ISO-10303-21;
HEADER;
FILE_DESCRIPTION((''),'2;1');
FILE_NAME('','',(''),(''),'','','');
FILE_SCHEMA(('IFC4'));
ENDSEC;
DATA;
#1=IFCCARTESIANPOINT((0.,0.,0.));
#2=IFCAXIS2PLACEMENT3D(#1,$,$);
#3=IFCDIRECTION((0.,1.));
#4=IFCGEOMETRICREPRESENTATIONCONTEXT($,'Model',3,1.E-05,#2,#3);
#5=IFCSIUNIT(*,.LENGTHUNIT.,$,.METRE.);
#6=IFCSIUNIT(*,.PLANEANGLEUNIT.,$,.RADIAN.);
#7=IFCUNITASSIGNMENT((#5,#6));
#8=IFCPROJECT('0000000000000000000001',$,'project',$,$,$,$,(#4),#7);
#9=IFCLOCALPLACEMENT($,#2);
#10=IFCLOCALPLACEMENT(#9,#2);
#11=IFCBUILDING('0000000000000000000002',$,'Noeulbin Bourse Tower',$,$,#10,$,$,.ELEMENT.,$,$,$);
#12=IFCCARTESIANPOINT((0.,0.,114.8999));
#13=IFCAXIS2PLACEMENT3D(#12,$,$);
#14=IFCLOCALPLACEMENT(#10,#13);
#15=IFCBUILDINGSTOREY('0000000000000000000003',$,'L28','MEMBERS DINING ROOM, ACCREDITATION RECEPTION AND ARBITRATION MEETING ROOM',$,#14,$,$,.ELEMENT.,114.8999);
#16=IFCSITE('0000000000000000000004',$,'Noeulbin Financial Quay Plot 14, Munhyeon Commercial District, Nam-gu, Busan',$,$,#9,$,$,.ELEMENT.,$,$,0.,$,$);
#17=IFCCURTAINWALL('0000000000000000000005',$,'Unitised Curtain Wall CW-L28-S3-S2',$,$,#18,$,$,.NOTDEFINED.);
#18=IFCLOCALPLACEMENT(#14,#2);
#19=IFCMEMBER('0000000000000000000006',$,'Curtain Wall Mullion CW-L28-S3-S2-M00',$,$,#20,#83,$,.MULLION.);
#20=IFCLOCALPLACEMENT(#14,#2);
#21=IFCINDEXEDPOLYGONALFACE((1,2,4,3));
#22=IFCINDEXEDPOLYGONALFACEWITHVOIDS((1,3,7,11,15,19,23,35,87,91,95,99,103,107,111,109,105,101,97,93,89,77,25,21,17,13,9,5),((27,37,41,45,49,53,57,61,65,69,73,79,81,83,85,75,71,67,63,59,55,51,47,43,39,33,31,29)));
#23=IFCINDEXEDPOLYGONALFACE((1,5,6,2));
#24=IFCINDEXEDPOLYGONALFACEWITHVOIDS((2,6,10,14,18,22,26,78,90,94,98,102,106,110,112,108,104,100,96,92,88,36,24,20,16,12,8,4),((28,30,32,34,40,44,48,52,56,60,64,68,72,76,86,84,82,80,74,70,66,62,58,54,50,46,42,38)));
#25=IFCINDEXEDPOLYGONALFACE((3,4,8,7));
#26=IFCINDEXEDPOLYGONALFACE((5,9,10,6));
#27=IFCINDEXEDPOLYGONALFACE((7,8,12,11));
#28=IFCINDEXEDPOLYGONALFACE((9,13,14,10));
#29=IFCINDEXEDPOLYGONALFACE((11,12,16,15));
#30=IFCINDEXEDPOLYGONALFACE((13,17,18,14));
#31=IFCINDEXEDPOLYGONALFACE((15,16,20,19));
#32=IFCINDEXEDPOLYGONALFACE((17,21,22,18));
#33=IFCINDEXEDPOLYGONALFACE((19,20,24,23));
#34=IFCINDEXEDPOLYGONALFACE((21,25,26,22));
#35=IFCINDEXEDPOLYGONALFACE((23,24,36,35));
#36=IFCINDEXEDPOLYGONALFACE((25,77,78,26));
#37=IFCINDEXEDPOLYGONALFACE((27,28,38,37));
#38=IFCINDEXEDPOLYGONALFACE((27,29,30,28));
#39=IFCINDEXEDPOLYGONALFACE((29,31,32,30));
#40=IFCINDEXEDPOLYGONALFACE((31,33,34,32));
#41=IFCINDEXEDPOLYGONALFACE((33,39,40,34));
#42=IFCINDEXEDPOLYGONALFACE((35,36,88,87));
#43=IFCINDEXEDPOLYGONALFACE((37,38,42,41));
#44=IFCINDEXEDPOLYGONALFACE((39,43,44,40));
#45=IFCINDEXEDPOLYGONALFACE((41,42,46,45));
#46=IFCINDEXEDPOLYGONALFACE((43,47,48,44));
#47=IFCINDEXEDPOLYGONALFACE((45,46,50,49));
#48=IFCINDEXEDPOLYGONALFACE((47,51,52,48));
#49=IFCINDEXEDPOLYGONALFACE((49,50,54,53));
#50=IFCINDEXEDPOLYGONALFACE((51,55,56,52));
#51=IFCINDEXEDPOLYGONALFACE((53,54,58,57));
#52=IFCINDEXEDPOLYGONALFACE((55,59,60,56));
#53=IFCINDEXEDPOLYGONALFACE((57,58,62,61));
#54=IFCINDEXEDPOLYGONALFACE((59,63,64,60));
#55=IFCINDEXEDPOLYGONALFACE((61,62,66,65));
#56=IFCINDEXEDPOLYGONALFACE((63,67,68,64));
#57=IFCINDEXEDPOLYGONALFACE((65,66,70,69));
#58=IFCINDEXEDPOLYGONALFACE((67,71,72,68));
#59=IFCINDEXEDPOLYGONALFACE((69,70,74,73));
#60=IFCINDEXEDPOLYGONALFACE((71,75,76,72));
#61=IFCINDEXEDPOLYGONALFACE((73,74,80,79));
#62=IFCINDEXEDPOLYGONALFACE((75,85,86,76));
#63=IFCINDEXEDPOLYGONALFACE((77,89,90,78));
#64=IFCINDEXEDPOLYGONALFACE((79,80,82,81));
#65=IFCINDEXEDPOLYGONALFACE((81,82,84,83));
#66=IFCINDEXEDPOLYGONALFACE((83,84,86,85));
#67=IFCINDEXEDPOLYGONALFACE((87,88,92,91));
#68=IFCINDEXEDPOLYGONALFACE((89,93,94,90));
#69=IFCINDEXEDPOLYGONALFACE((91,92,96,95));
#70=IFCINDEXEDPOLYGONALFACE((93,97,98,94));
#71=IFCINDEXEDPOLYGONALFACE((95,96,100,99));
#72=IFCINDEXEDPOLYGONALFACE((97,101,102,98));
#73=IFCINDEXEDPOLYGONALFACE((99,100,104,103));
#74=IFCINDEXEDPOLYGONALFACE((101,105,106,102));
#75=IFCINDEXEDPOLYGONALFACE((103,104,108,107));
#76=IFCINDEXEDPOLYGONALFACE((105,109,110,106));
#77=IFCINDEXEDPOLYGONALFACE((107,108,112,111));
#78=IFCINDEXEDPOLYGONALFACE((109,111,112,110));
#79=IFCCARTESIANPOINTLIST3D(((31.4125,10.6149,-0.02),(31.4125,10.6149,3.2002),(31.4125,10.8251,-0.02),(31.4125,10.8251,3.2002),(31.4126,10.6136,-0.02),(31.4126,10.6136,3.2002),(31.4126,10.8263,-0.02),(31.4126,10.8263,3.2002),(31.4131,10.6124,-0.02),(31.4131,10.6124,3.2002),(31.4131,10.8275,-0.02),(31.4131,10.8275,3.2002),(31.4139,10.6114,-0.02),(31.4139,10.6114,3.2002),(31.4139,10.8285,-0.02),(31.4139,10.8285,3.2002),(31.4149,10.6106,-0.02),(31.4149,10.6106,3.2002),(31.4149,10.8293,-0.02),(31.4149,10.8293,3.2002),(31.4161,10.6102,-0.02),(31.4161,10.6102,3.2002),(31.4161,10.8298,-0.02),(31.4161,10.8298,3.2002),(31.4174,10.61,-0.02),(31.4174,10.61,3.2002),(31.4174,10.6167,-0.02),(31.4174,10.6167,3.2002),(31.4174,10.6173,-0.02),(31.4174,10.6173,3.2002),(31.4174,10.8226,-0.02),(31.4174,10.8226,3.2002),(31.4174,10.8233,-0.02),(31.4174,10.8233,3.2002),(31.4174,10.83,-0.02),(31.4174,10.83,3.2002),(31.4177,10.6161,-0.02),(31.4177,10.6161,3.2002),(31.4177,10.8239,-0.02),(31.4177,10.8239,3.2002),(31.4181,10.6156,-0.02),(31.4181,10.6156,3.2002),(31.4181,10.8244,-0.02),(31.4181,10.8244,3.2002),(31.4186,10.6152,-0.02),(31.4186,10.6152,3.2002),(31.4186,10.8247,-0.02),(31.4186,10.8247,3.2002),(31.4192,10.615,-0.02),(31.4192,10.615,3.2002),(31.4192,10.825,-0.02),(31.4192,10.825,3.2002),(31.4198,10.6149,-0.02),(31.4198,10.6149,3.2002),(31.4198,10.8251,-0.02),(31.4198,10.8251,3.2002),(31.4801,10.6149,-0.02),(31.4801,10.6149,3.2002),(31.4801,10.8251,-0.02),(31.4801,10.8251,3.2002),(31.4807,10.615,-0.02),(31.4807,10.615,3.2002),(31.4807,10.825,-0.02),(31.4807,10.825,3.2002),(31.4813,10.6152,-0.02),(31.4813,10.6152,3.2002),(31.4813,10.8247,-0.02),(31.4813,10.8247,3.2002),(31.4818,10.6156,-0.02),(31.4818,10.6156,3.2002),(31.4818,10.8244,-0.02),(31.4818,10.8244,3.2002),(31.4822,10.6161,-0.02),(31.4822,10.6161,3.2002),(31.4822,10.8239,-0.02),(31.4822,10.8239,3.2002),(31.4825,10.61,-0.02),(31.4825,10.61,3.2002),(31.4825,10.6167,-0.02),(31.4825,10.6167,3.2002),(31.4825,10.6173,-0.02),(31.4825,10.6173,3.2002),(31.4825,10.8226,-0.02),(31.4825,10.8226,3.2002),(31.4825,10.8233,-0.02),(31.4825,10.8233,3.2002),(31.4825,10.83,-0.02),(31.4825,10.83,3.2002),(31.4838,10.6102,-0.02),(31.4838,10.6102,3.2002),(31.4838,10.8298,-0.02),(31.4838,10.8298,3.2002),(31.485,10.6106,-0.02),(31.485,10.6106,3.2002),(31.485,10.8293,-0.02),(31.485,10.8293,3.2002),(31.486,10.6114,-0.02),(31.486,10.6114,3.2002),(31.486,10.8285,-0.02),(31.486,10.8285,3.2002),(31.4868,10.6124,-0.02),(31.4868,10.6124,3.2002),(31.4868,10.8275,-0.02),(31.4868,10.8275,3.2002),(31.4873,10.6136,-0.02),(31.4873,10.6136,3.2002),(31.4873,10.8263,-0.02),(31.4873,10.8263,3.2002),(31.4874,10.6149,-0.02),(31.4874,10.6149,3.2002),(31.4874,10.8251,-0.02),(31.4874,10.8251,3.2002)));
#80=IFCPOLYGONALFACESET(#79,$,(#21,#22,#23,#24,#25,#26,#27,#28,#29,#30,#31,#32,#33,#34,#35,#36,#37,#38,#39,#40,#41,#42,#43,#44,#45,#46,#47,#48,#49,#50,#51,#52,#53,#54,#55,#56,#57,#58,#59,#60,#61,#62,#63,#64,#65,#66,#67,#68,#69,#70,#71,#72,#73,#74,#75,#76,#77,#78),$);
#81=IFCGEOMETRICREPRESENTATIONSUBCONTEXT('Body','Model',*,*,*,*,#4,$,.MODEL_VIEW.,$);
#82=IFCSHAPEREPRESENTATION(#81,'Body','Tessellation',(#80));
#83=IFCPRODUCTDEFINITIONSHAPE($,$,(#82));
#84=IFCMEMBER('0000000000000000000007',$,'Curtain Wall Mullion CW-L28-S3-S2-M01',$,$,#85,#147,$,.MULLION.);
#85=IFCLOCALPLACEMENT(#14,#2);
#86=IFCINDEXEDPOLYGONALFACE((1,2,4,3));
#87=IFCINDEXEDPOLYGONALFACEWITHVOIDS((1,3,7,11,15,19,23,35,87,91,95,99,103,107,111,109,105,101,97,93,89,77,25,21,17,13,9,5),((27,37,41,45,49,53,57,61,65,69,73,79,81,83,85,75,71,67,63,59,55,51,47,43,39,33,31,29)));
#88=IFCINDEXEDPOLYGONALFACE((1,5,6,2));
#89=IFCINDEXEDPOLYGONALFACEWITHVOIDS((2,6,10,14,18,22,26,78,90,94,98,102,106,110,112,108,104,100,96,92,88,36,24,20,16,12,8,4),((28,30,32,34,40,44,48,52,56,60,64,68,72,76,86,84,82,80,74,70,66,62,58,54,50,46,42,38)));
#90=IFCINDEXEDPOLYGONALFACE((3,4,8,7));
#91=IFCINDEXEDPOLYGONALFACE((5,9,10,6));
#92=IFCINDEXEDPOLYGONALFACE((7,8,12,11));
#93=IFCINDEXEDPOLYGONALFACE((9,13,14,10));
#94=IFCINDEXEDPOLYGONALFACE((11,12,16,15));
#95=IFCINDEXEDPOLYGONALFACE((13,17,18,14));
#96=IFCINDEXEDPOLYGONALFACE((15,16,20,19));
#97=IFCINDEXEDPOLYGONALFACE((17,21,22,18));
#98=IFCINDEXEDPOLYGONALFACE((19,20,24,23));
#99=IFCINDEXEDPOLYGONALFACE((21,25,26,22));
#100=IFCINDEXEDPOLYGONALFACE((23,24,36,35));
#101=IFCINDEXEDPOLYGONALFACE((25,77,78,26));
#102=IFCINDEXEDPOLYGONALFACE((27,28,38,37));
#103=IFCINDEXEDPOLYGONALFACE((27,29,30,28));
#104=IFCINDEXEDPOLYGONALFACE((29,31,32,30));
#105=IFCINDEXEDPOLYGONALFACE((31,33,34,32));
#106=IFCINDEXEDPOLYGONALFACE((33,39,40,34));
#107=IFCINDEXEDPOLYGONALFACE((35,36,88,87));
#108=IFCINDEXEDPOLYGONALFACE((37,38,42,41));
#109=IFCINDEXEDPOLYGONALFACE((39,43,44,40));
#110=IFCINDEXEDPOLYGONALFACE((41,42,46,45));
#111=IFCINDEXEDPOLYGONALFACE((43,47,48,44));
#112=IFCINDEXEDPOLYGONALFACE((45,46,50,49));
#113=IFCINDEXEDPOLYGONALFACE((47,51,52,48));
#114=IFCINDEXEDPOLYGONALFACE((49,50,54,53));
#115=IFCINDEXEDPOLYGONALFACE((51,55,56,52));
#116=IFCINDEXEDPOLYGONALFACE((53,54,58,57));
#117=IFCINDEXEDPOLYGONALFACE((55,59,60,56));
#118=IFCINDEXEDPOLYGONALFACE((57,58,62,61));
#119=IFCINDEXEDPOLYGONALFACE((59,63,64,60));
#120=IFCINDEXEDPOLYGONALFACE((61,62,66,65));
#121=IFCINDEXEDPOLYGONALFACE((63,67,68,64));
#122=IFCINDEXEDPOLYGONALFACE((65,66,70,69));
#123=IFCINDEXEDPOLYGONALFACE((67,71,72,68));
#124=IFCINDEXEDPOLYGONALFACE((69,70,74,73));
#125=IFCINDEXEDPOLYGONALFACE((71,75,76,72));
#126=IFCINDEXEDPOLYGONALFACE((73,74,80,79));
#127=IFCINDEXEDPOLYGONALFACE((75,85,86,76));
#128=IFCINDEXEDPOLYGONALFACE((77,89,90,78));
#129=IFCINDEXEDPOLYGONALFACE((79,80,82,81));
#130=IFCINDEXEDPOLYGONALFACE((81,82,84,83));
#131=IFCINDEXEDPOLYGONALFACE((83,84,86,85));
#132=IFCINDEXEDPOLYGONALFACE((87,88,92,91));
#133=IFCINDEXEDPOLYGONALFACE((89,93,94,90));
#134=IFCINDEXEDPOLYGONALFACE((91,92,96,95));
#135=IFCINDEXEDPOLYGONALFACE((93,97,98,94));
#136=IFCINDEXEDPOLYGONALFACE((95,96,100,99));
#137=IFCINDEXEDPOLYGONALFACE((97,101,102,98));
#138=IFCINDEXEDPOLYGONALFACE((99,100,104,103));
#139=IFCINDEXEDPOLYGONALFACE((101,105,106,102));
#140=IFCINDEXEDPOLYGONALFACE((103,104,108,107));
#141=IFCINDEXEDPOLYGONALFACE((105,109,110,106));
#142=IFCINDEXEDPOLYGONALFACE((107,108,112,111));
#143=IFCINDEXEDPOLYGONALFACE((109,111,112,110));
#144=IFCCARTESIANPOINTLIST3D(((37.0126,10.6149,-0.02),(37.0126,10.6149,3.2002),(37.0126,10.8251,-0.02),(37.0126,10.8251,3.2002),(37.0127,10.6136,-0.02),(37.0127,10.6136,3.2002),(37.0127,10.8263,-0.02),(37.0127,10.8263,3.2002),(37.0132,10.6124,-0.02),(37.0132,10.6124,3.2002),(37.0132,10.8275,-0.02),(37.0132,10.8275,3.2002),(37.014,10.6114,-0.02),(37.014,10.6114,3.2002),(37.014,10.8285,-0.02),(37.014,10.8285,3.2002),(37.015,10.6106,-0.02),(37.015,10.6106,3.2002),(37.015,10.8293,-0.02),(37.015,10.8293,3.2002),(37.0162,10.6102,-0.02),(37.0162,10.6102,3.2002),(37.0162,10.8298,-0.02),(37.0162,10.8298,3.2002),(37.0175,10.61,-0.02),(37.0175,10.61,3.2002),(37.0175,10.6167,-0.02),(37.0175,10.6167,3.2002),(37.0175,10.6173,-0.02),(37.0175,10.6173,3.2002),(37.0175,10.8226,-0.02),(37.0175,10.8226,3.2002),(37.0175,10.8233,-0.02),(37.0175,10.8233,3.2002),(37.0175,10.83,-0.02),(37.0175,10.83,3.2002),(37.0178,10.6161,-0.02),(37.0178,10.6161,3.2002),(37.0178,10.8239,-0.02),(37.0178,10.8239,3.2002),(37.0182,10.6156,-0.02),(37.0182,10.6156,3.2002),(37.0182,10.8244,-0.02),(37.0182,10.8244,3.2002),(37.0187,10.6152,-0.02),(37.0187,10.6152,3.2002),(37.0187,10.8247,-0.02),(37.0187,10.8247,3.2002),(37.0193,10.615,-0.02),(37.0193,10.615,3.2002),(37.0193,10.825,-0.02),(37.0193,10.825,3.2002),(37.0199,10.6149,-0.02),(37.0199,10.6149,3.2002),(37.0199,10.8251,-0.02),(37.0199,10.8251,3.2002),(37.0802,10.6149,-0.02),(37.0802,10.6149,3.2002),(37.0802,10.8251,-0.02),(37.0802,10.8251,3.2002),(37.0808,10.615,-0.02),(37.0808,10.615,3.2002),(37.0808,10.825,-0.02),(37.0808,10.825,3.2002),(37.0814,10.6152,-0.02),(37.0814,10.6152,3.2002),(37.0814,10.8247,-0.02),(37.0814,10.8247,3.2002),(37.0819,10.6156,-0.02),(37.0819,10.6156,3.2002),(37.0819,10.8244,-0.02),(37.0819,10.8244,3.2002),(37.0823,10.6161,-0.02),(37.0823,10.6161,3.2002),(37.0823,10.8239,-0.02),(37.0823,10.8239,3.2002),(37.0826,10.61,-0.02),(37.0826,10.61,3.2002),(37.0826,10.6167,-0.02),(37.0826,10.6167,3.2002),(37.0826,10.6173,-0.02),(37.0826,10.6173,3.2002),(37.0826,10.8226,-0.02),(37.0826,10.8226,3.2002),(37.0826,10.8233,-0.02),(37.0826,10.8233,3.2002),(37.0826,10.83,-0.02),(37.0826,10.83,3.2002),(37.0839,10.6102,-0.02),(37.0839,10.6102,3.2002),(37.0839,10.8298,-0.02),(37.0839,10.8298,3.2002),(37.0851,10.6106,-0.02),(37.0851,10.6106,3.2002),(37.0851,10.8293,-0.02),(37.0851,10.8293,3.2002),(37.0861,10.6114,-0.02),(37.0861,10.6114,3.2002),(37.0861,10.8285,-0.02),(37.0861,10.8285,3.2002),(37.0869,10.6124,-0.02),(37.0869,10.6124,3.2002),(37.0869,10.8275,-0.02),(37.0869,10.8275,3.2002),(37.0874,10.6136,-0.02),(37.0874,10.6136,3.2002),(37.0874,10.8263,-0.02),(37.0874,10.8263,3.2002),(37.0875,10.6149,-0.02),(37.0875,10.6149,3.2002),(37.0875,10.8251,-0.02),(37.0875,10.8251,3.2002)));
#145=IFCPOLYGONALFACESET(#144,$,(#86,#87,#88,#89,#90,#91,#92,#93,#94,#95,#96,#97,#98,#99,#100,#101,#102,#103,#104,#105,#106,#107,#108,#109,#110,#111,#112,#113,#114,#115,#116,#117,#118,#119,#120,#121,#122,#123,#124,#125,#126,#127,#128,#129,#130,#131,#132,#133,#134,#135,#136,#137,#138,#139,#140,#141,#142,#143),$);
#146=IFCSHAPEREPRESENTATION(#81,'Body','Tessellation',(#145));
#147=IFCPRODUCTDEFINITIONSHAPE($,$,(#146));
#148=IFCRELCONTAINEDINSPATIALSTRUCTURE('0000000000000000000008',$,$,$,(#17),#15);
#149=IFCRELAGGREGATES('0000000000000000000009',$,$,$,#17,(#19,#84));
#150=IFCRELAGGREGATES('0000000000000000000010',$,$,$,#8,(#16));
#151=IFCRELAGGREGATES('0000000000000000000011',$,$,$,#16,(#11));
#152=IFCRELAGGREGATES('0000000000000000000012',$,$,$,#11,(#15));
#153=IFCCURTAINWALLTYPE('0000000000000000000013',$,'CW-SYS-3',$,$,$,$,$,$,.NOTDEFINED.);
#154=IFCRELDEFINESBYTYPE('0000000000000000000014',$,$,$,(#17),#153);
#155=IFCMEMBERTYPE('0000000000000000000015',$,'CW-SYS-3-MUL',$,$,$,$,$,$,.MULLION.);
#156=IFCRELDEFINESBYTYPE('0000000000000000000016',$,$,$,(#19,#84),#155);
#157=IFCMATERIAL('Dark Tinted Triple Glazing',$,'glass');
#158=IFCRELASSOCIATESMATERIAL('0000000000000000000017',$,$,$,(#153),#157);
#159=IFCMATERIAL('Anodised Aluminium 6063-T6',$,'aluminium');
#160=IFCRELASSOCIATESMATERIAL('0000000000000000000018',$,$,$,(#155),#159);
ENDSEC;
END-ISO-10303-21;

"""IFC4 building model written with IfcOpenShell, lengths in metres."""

from ifc_helpers import new_model, si_unit, direction, frame, origin, origin_2d, place, context, subcontext, project, spatial, hollow_rectangle, extrude, material, material_profile, profile_set, type_object, element, aggregate, save


model = new_model("IFC4")

# Units and contexts
model_context = context("Model", 3, precision=1e-05, world=origin(), true_north=direction((0.0, 1.0)))
body_context = subcontext(model_context, "Body", "Model", "MODEL_VIEW")
ifc_project = project(units=[si_unit("LENGTHUNIT", "METRE"), si_unit("PLANEANGLEUNIT", "RADIAN")], contexts=[model_context])

# Site, building, storey
site_placement = place(None, origin())
site = spatial("IfcSite", under=ifc_project, at=site_placement, Name="Noeulbin Financial Quay Plot 14, Munhyeon Commercial District, Nam-gu, Busan", CompositionType="ELEMENT", RefElevation=0.0)
building_placement = place(site_placement, origin())
building = spatial("IfcBuilding", under=site, at=building_placement, Name="Noeulbin Bourse Tower", CompositionType="ELEMENT")
storey_placement = place(building_placement, frame((0.0, 0.0, 114.8999)))
storey = spatial("IfcBuildingStorey", under=building, at=storey_placement, Name="L28", Description="MEMBERS DINING ROOM, ACCREDITATION RECEPTION AND ARBITRATION MEETING ROOM", CompositionType="ELEMENT", Elevation=114.8999)

# Curtain wall, members
ifc_material_1 = material(Name="Dark Tinted Triple Glazing", Category="glass")
curtain_wall_type = type_object("IfcCurtainWallType", Name="CW-SYS-3", PredefinedType="NOTDEFINED", material=ifc_material_1)
ifc_material_2 = material(Name="Anodised Aluminium 6063-T6", Category="aluminium")
ifc_material_profile_1 = material_profile(ifc_material_2, hollow_rectangle(XDim=0.075, YDim=0.22, WallThickness=0.0049, InnerFilletRadius=0.0024, OuterFilletRadius=0.0049, at=origin_2d()), Name="ALU-MULL-75x220x5", Category="LoadBearing")
ifc_profile_set_1 = profile_set([ifc_material_profile_1], Name="Anodised Aluminium 6063-T6")
member_type_1 = type_object("IfcMemberType", Name="CW-SYS-3-MUL", PredefinedType="MULLION", material=ifc_profile_set_1)
curtain_wall_1_placement = place(storey_placement, origin())
curtain_wall_1 = element("IfcCurtainWall", 1, at=curtain_wall_1_placement, inside=storey, type_object=curtain_wall_type, Name="Unitised Curtain Wall CW-L28-S3-S2", PredefinedType="NOTDEFINED")
member_1_placement = place(storey_placement, frame((31.45, 10.72, -0.02), z_axis=(0.0, 0.0, 1.0), x_axis=(1.0, 0.0, 0.0)))
member_1 = element("IfcMember", 2, at=member_1_placement, type_object=member_type_1, Name="Curtain Wall Mullion CW-L28-S3-S2-M00", PredefinedType="MULLION", context=body_context, shape_type="SweptSolid", body=[
    extrude(hollow_rectangle(XDim=0.075, YDim=0.22, WallThickness=0.0049, InnerFilletRadius=0.0024, OuterFilletRadius=0.0049, at=origin_2d()), origin(), (0.0, 0.0, 1.0), 3.2202),
])
member_2_placement = place(storey_placement, frame((37.05, 10.72, -0.02), z_axis=(0.0, 0.0, 1.0), x_axis=(1.0, 0.0, 0.0)))
member_2 = element("IfcMember", 3, at=member_2_placement, type_object=member_type_1, Name="Curtain Wall Mullion CW-L28-S3-S2-M01", PredefinedType="MULLION", context=body_context, shape_type="SweptSolid", body=[
    extrude(hollow_rectangle(XDim=0.075, YDim=0.22, WallThickness=0.0049, InnerFilletRadius=0.0024, OuterFilletRadius=0.0049, at=origin_2d()), origin(), (0.0, 0.0, 1.0), 3.2202),
])

aggregate(curtain_wall_1, [member_1, member_2])

save(model, "model.ifc")
